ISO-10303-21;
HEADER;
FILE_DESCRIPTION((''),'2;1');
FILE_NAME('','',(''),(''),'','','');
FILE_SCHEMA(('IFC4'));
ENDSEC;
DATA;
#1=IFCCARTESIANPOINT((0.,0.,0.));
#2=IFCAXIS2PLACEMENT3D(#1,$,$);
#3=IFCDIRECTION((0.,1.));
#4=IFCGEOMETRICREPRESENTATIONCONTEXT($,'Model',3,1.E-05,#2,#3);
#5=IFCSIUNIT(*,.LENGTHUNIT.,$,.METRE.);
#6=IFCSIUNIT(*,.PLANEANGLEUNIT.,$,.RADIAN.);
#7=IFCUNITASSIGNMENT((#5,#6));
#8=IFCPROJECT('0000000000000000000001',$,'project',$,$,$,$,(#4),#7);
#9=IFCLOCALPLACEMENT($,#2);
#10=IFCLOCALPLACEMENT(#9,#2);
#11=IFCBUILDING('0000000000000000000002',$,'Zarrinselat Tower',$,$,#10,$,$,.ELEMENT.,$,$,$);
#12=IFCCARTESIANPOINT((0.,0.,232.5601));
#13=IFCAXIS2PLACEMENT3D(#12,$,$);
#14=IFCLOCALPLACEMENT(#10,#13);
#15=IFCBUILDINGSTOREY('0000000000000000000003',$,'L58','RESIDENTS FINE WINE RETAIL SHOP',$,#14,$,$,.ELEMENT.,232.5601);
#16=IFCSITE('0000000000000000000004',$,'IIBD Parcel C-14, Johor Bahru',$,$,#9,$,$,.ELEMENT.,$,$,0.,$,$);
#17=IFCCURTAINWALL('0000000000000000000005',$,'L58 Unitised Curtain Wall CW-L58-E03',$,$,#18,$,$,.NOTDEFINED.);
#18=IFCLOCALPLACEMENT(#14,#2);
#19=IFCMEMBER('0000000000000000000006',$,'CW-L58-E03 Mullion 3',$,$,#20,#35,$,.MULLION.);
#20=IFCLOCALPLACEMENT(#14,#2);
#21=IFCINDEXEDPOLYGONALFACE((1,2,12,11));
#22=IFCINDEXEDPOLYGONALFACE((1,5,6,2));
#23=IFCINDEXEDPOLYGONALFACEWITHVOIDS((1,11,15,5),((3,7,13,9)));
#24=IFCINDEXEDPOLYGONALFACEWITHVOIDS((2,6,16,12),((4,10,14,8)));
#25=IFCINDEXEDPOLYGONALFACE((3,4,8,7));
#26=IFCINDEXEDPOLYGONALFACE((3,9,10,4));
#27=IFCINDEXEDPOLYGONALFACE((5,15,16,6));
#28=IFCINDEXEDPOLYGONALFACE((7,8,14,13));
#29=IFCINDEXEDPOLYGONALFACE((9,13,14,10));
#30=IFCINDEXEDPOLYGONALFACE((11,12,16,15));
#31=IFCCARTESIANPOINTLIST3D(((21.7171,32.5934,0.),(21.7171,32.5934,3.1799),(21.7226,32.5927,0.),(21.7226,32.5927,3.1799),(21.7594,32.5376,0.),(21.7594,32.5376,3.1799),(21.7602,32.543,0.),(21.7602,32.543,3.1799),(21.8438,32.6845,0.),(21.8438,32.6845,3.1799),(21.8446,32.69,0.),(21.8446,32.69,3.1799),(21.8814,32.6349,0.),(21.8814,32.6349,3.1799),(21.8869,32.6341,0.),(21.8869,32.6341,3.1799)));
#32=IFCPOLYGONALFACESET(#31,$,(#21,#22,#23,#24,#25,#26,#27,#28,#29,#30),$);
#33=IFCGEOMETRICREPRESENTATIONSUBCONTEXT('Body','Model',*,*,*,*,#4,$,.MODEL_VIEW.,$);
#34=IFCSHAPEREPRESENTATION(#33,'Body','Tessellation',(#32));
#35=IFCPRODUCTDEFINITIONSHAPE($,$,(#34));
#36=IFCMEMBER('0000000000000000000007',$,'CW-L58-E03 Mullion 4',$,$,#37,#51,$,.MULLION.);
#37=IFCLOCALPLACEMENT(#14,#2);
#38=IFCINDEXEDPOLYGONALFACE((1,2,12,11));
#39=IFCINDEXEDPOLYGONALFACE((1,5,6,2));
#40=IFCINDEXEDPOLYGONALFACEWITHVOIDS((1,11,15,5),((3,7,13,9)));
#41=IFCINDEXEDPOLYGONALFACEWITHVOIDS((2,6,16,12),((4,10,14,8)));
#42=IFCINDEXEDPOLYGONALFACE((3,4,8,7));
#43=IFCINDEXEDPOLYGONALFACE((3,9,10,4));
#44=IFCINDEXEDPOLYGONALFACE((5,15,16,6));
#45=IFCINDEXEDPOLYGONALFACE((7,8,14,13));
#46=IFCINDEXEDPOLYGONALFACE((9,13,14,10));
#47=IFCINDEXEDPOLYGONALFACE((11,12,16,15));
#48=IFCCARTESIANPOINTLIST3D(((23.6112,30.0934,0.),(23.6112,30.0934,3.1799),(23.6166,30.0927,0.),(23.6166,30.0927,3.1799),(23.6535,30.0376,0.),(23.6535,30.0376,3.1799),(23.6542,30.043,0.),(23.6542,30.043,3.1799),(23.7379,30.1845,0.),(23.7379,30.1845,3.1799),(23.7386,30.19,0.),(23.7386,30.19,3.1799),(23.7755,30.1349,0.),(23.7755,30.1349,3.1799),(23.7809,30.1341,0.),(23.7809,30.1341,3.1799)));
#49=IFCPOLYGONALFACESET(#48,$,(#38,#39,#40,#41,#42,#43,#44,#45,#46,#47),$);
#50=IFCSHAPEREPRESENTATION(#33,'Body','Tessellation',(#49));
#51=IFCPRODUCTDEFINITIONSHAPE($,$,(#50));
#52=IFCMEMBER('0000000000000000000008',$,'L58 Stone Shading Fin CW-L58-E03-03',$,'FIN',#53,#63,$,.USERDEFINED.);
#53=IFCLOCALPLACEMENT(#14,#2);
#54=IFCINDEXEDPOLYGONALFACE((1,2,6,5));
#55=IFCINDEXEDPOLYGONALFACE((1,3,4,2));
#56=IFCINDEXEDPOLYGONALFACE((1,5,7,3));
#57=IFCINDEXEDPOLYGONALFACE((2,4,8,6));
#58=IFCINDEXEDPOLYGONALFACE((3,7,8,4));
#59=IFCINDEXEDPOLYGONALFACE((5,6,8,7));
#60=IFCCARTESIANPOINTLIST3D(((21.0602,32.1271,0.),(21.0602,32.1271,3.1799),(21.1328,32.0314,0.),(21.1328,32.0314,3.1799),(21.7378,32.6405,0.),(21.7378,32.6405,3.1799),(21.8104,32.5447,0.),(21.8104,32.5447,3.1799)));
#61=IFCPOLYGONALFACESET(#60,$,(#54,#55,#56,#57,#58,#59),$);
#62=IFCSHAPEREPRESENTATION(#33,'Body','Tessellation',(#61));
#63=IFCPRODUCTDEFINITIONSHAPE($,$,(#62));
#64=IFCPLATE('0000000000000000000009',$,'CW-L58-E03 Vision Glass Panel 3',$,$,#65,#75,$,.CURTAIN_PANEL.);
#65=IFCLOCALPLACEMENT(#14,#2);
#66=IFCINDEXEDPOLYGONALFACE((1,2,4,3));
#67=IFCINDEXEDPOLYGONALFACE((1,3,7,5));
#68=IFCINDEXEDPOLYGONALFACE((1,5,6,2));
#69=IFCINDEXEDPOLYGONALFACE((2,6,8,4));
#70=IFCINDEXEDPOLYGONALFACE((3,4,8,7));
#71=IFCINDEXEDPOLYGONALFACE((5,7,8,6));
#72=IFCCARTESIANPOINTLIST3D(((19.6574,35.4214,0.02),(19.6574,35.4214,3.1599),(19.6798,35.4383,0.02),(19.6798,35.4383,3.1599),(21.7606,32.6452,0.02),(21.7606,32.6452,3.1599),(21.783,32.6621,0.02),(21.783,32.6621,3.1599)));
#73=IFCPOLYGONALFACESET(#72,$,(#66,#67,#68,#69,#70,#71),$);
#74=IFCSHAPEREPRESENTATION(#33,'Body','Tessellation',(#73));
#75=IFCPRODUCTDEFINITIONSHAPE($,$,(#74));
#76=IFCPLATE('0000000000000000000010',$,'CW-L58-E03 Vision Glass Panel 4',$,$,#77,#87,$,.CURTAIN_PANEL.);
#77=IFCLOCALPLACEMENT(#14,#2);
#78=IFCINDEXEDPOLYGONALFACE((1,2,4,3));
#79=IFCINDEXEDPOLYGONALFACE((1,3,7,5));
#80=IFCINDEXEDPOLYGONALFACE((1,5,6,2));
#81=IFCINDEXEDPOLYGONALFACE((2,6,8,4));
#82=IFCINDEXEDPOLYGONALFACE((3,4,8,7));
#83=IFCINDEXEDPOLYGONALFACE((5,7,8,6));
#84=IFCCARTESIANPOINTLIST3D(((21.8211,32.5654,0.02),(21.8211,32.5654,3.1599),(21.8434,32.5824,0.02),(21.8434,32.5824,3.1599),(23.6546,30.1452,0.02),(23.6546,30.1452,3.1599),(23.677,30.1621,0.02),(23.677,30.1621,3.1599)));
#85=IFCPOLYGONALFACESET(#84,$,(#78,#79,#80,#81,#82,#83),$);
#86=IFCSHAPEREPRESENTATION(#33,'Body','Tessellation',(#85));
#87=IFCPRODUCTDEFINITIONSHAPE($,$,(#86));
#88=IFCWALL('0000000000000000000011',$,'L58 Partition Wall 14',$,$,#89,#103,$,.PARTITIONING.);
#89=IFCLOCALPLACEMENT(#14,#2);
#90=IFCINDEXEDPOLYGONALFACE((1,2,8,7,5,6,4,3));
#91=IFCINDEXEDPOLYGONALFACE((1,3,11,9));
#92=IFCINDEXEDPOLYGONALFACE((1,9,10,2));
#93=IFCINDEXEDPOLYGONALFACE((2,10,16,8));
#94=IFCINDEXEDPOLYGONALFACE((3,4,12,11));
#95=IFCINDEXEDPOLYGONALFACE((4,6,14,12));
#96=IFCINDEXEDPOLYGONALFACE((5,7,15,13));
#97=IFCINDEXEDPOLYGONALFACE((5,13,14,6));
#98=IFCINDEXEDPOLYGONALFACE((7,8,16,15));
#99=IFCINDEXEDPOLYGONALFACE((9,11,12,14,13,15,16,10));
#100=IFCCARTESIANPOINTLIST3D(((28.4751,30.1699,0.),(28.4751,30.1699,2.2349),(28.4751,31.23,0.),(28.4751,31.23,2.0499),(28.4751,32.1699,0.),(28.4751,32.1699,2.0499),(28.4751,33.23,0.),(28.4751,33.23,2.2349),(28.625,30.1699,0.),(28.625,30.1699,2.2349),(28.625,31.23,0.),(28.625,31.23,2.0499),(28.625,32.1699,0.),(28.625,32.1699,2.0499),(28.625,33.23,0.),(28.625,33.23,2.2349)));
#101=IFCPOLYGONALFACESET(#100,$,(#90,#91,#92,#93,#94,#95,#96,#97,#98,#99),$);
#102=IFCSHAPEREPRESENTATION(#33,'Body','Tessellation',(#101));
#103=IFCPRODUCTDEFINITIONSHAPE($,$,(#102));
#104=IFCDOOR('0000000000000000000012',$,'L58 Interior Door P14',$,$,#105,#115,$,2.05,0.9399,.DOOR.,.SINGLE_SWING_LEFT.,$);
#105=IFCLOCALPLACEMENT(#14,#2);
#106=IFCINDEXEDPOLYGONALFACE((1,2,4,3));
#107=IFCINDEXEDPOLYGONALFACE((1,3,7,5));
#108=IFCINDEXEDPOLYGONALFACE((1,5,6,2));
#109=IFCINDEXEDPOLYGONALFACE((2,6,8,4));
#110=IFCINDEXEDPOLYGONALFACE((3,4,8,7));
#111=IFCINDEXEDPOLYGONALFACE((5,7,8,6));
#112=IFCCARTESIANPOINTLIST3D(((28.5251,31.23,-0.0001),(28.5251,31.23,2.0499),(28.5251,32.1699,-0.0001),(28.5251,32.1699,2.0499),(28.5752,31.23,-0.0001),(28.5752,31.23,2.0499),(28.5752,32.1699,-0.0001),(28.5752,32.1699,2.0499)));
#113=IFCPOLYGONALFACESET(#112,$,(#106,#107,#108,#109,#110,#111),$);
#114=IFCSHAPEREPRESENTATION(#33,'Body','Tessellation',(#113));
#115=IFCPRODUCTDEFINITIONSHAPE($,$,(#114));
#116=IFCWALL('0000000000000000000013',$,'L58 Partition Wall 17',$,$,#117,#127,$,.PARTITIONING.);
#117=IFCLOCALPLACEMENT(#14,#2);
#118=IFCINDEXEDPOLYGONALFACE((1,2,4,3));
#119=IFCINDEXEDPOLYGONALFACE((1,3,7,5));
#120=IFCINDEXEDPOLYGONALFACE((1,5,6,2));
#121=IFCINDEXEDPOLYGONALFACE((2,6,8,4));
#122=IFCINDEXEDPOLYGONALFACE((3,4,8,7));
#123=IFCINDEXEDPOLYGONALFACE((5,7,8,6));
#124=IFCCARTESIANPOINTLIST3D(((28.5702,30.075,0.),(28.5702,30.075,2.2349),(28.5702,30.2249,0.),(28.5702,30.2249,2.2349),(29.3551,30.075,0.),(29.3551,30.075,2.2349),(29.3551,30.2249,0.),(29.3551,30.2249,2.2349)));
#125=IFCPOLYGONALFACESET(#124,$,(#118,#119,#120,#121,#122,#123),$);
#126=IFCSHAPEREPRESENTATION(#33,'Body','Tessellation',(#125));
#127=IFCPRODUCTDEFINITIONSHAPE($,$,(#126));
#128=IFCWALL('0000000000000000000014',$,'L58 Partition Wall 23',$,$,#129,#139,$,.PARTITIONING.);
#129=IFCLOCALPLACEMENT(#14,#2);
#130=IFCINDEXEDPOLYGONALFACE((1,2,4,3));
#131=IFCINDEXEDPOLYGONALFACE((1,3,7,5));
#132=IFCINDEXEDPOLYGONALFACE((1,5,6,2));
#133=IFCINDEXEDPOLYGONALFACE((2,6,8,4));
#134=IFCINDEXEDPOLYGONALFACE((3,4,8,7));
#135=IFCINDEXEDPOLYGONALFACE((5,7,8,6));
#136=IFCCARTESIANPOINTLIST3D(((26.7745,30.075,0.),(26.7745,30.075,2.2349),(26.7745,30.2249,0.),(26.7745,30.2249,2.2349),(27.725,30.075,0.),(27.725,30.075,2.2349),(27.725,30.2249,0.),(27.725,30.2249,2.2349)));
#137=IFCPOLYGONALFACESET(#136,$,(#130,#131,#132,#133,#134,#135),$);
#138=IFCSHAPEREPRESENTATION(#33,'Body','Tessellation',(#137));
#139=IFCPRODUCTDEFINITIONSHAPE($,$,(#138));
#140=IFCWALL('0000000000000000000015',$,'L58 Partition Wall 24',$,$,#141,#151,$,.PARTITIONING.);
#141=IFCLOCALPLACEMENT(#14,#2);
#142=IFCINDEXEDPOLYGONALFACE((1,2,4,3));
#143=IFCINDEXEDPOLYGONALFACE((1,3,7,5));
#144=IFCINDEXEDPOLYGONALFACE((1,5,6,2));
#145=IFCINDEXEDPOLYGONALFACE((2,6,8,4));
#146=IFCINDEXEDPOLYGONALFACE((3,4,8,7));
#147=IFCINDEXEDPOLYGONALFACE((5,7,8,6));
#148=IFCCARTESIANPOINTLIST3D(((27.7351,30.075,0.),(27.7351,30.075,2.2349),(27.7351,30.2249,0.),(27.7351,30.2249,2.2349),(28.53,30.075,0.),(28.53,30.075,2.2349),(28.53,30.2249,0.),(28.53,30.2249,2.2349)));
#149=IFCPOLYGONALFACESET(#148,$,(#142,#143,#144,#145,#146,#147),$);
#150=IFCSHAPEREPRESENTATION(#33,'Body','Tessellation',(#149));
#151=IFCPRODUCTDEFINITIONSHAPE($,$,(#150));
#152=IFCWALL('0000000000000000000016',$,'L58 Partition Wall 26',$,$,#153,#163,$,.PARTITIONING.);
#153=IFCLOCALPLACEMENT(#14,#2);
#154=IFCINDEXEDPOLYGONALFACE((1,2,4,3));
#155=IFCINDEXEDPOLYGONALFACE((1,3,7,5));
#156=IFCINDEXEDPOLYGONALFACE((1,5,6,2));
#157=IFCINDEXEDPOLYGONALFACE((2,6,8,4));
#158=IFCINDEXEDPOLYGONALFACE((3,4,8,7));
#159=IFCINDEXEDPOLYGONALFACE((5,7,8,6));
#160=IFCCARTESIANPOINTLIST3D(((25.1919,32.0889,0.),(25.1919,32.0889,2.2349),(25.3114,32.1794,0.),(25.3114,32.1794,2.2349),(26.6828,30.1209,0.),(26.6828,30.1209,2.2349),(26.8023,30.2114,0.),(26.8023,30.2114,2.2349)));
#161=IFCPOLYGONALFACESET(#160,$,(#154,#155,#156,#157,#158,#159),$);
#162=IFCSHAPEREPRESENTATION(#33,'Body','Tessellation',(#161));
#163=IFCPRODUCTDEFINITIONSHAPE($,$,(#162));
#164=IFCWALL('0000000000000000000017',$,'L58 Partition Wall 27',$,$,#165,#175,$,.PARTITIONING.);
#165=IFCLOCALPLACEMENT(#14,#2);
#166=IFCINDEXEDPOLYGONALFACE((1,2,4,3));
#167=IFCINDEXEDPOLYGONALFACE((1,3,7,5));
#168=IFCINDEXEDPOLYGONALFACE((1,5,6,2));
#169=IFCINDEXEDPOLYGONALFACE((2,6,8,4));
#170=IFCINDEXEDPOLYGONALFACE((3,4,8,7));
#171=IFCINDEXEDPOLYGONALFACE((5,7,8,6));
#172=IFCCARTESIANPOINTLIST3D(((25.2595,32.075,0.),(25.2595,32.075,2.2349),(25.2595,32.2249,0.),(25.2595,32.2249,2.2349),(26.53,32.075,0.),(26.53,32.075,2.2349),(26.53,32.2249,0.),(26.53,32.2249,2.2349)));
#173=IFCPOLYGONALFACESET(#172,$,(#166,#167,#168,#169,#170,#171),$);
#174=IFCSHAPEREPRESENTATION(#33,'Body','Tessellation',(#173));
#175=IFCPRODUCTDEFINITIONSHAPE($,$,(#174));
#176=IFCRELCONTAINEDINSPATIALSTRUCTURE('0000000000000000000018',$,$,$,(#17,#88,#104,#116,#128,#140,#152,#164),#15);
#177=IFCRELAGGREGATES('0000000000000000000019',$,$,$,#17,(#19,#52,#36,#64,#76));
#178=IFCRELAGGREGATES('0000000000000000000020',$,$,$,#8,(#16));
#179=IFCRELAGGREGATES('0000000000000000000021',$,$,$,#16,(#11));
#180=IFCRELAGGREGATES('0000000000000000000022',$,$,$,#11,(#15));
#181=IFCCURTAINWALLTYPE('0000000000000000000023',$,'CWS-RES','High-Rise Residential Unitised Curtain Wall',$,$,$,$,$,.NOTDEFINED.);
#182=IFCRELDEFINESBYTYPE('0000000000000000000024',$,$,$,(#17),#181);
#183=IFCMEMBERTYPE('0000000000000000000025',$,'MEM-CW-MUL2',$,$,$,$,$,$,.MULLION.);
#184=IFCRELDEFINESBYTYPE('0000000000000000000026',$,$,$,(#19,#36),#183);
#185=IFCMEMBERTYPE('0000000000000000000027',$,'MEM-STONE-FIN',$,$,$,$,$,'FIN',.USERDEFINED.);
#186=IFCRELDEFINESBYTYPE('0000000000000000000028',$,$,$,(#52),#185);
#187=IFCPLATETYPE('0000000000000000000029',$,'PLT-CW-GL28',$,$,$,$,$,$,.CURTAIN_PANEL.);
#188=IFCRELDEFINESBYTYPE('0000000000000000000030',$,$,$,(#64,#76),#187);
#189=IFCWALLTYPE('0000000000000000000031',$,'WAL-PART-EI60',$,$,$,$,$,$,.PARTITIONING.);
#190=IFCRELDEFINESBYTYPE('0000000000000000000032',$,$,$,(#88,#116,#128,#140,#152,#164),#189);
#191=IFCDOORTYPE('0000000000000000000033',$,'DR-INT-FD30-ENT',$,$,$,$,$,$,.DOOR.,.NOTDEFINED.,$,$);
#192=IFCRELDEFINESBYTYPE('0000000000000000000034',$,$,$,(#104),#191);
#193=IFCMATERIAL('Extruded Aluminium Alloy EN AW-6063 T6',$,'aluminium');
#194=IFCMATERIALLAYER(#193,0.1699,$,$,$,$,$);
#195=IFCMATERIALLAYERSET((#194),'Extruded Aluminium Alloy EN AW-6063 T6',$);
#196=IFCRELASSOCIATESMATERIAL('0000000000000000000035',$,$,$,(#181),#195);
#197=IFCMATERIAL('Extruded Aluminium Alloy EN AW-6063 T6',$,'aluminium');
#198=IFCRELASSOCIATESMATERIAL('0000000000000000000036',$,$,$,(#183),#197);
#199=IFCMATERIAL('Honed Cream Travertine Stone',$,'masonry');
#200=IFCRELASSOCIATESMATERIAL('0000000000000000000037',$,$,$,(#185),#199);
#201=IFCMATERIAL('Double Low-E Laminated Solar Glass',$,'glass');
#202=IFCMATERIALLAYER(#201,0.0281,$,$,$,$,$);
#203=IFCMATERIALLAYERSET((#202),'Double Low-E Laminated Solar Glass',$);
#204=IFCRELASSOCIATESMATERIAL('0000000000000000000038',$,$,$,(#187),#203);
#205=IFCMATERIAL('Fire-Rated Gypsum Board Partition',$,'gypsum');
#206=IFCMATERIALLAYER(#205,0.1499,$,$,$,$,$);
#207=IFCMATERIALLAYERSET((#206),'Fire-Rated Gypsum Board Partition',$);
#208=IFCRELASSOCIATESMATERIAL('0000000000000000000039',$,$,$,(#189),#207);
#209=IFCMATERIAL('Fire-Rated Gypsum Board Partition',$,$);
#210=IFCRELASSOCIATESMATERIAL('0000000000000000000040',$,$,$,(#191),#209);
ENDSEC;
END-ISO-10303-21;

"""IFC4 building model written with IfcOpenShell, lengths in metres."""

from ifc_helpers import new_model, si_unit, direction, frame, frame_2d, origin, origin_2d, place, context, subcontext, project, spatial, rectangle, hollow_rectangle, extrude, material, layer, layer_set, material_profile, profile_set, type_object, element, fill, aggregate, save


model = new_model("IFC4")

# Units and contexts
model_context = context("Model", 3, precision=1e-05, world=origin(), true_north=direction((0.0, 1.0)))
body_context = subcontext(model_context, "Body", "Model", "MODEL_VIEW")
ifc_project = project(units=[si_unit("LENGTHUNIT", "METRE"), si_unit("PLANEANGLEUNIT", "RADIAN")], contexts=[model_context])

# Site, building, storey
site_placement = place(None, origin())
site = spatial("IfcSite", under=ifc_project, at=site_placement, Name="IIBD Parcel C-14, Johor Bahru", CompositionType="ELEMENT", RefElevation=0.0)
building_placement = place(site_placement, origin())
building = spatial("IfcBuilding", under=site, at=building_placement, Name="Zarrinselat Tower", CompositionType="ELEMENT")
storey_placement = place(building_placement, frame((0.0, 0.0, 232.5601)))
storey = spatial("IfcBuildingStorey", under=building, at=storey_placement, Name="L58", Description="RESIDENTS FINE WINE RETAIL SHOP", CompositionType="ELEMENT", Elevation=232.5601)

# Curtain wall, members, plates
ifc_material_1 = material(Name="Extruded Aluminium Alloy EN AW-6063 T6", Category="aluminium")
ifc_layer_1 = layer(ifc_material_1, 0.1699)
ifc_layer_set_1 = layer_set([ifc_layer_1], Name="Extruded Aluminium Alloy EN AW-6063 T6")
curtain_wall_type = type_object("IfcCurtainWallType", Name="CWS-RES", Description="High-Rise Residential Unitised Curtain Wall", PredefinedType="NOTDEFINED", material=ifc_layer_set_1)
curtain_wall_placement = place(storey_placement, origin())
curtain_wall = element("IfcCurtainWall", 1, at=curtain_wall_placement, inside=storey, type_object=curtain_wall_type, Name="L58 Unitised Curtain Wall CW-L58-E03", PredefinedType="NOTDEFINED")
ifc_material_2 = material(Name="Extruded Aluminium Alloy EN AW-6063 T6", Category="aluminium")
ifc_material_profile_1 = material_profile(ifc_material_2, hollow_rectangle(XDim=0.0701, YDim=0.1599, WallThickness=0.0039, at=origin_2d()), Name="RHS 160x70x4")
ifc_profile_set_1 = profile_set([ifc_material_profile_1], Name="Extruded Aluminium Alloy EN AW-6063 T6")
member_type_1 = type_object("IfcMemberType", Name="MEM-CW-MUL2", PredefinedType="MULLION", material=ifc_profile_set_1)
member_1_placement = place(storey_placement, frame((21.802, 32.6138, 0.0), z_axis=(0.0, 0.0, 1.0), x_axis=(0.603857, -0.797092, 0.0)))
member_1 = element("IfcMember", 2, at=member_1_placement, type_object=member_type_1, Name="CW-L58-E03 Mullion 3", PredefinedType="MULLION", context=body_context, shape_type="SweptSolid", body=[
    extrude(hollow_rectangle(XDim=0.0701, YDim=0.1599, WallThickness=0.0039, at=origin_2d()), origin(), (0.0, 0.0, 1.0), 3.1799),
])
member_2_placement = place(storey_placement, frame((23.696, 30.1138, 0.0), z_axis=(0.0, 0.0, 1.0), x_axis=(0.603857, -0.797092, 0.0)))
member_2 = element("IfcMember", 3, at=member_2_placement, type_object=member_type_1, Name="CW-L58-E03 Mullion 4", PredefinedType="MULLION", context=body_context, shape_type="SweptSolid", body=[
    extrude(hollow_rectangle(XDim=0.0701, YDim=0.1599, WallThickness=0.0039, at=origin_2d()), origin(), (0.0, 0.0, 1.0), 3.1799),
])
ifc_material_3 = material(Name="Honed Cream Travertine Stone", Category="masonry")
ifc_material_profile_2 = material_profile(ifc_material_3, rectangle(XDim=0.1201, YDim=0.8501, at=origin_2d()), Name="FIN 850x120")
ifc_profile_set_2 = profile_set([ifc_material_profile_2], Name="Honed Cream Travertine Stone")
member_type_2 = type_object("IfcMemberType", Name="MEM-STONE-FIN", ElementType="FIN", PredefinedType="USERDEFINED", material=ifc_profile_set_2)
member_3_placement = place(storey_placement, frame((21.4353, 32.3359, 0.0), z_axis=(0.0, 0.0, 1.0), x_axis=(-0.603857, 0.797092, 0.0)))
member_3 = element("IfcMember", 4, at=member_3_placement, type_object=member_type_2, Name="L58 Stone Shading Fin CW-L58-E03-03", ObjectType="FIN", PredefinedType="USERDEFINED", context=body_context, shape_type="SweptSolid", body=[
    extrude(rectangle(XDim=0.1201, YDim=0.8501, at=origin_2d()), origin(), (0.0, 0.0, 1.0), 3.1799),
])
ifc_material_4 = material(Name="Double Low-E Laminated Solar Glass", Category="glass")
ifc_layer_2 = layer(ifc_material_4, 0.0281)
ifc_layer_set_2 = layer_set([ifc_layer_2], Name="Double Low-E Laminated Solar Glass")
plate_type = type_object("IfcPlateType", Name="PLT-CW-GL28", PredefinedType="CURTAIN_PANEL", material=ifc_layer_set_2)
plate_1_placement = place(storey_placement, frame((20.7202, 34.0417, 0.02), z_axis=(0.0, 0.0, 1.0), x_axis=(0.603857, -0.797092, 0.0)))
plate_1 = element("IfcPlate", 5, at=plate_1_placement, type_object=plate_type, Name="CW-L58-E03 Vision Glass Panel 3", PredefinedType="CURTAIN_PANEL", context=body_context, shape_type="SweptSolid", body=[
    extrude(rectangle(XDim=3.4829, YDim=0.0281, at=origin_2d()), origin(), (0.0, 0.0, 1.0), 3.1399),
])
plate_2_placement = place(storey_placement, frame((22.749, 31.3638, 0.02), z_axis=(0.0, 0.0, 1.0), x_axis=(0.603857, -0.797092, 0.0)))
plate_2 = element("IfcPlate", 6, at=plate_2_placement, type_object=plate_type, Name="CW-L58-E03 Vision Glass Panel 4", PredefinedType="CURTAIN_PANEL", context=body_context, shape_type="SweptSolid", body=[
    extrude(rectangle(XDim=3.0364, YDim=0.0281, at=origin_2d()), origin(), (0.0, 0.0, 1.0), 3.1399),
])
aggregate(curtain_wall, [member_1, member_3, member_2, plate_1, plate_2])

# Wall, opening, door
ifc_material_5 = material(Name="Fire-Rated Gypsum Board Partition", Category="gypsum")
ifc_layer_3 = layer(ifc_material_5, 0.1499)
ifc_layer_set_3 = layer_set([ifc_layer_3], Name="Fire-Rated Gypsum Board Partition")
wall_type_1 = type_object("IfcWallType", Name="WAL-PART-EI60", PredefinedType="PARTITIONING", material=ifc_layer_set_3)
wall_1_placement = place(storey_placement, frame((28.55, 30.1699, 0.0), z_axis=(0.0, 0.0, 1.0), x_axis=(0.0, 1.0, 0.0)))
wall_1 = element("IfcWall", 7, at=wall_1_placement, inside=storey, type_object=wall_type_1, Name="L58 Partition Wall 14", PredefinedType="PARTITIONING", context=body_context, shape_type="SweptSolid", body=[
    extrude(rectangle(XDim=3.0601, YDim=0.1499, at=frame_2d((1.53, 0.0))), origin(), (0.0, 0.0, 1.0), 2.2349),
])
opening_1_placement = place(wall_1_placement, frame((1.0601, 0.0, 0.0)))
opening_1 = element("IfcOpeningElement", 8, at=opening_1_placement, cuts=wall_1, PredefinedType="OPENING", context=body_context, shape_type="SweptSolid", body=[
    extrude(rectangle(XDim=0.9399, YDim=2.05, at=frame_2d((0.47, 1.0249))), frame((0.0, 0.085, 0.0), z_axis=(0.0, -1.0, 0.0), x_axis=(1.0, 0.0, 0.0)), (0.0, 0.0, 1.0), 0.1699),
])
ifc_material_6 = material(Name="Fire-Rated Gypsum Board Partition")
door_type_1 = type_object("IfcDoorType", Name="DR-INT-FD30-ENT", OperationType="NOTDEFINED", PredefinedType="DOOR", material=ifc_material_6)
door_1_placement = place(opening_1_placement, origin())
door_1 = element("IfcDoor", 9, at=door_1_placement, inside=storey, type_object=door_type_1, Name="L58 Interior Door P14", OperationType="SINGLE_SWING_LEFT", OverallHeight=2.05, OverallWidth=0.9399, PredefinedType="DOOR", context=body_context, shape_type="SweptSolid", body=[
    extrude(rectangle(XDim=0.9399, YDim=2.05, at=frame_2d((0.47, 1.0249))), frame((0.0, 0.0249, 0.0), z_axis=(0.0, -1.0, 0.0), x_axis=(1.0, 0.0, 0.0)), (0.0, 0.0, 1.0), 0.05),
])
fill(opening_1, door_1)

# Walls
wall_2_placement = place(storey_placement, frame((28.5701, 30.1499, 0.0), z_axis=(0.0, 0.0, 1.0), x_axis=(1.0, 0.0, 0.0)))
element("IfcWall", 10, at=wall_2_placement, inside=storey, type_object=wall_type_1, Name="L58 Partition Wall 17", PredefinedType="PARTITIONING", context=body_context, shape_type="SweptSolid", body=[
    extrude(rectangle(XDim=0.7849, YDim=0.1499, at=frame_2d((0.3926, 0.0))), origin(), (0.0, 0.0, 1.0), 2.2349),
])
wall_3_placement = place(storey_placement, frame((26.7747, 30.1499, 0.0), z_axis=(0.0, 0.0, 1.0), x_axis=(1.0, 0.0, 0.0)))
element("IfcWall", 11, at=wall_3_placement, inside=storey, type_object=wall_type_1, Name="L58 Partition Wall 23", PredefinedType="PARTITIONING", context=body_context, shape_type="SweptSolid", body=[
    extrude(rectangle(XDim=0.9504, YDim=0.1499, at=frame_2d((0.4751, 0.0))), origin(), (0.0, 0.0, 1.0), 2.2349),
])
wall_4_placement = place(storey_placement, frame((27.7351, 30.1499, 0.0), z_axis=(0.0, 0.0, 1.0), x_axis=(1.0, 0.0, 0.0)))
element("IfcWall", 12, at=wall_4_placement, inside=storey, type_object=wall_type_1, Name="L58 Partition Wall 24", PredefinedType="PARTITIONING", context=body_context, shape_type="SweptSolid", body=[
    extrude(rectangle(XDim=0.7949, YDim=0.1499, at=frame_2d((0.3975, 0.0))), origin(), (0.0, 0.0, 1.0), 2.2349),
])
wall_5_placement = place(storey_placement, frame((25.2517, 32.134, 0.0), z_axis=(0.0, 0.0, 1.0), x_axis=(0.603869, -0.797083, 0.0)))
element("IfcWall", 13, at=wall_5_placement, inside=storey, type_object=wall_type_1, Name="L58 Partition Wall 26", PredefinedType="PARTITIONING", context=body_context, shape_type="SweptSolid", body=[
    extrude(rectangle(XDim=2.469, YDim=0.1499, at=frame_2d((1.2344, 0.0))), origin(), (0.0, 0.0, 1.0), 2.2349),
])
wall_6_placement = place(storey_placement, frame((25.2595, 32.1499, 0.0), z_axis=(0.0, 0.0, 1.0), x_axis=(1.0, 0.0, 0.0)))
element("IfcWall", 14, at=wall_6_placement, inside=storey, type_object=wall_type_1, Name="L58 Partition Wall 27", PredefinedType="PARTITIONING", context=body_context, shape_type="SweptSolid", body=[
    extrude(rectangle(XDim=1.2705, YDim=0.1499, at=frame_2d((0.6353, 0.0))), origin(), (0.0, 0.0, 1.0), 2.2349),
])

save(model, "model.ifc")
